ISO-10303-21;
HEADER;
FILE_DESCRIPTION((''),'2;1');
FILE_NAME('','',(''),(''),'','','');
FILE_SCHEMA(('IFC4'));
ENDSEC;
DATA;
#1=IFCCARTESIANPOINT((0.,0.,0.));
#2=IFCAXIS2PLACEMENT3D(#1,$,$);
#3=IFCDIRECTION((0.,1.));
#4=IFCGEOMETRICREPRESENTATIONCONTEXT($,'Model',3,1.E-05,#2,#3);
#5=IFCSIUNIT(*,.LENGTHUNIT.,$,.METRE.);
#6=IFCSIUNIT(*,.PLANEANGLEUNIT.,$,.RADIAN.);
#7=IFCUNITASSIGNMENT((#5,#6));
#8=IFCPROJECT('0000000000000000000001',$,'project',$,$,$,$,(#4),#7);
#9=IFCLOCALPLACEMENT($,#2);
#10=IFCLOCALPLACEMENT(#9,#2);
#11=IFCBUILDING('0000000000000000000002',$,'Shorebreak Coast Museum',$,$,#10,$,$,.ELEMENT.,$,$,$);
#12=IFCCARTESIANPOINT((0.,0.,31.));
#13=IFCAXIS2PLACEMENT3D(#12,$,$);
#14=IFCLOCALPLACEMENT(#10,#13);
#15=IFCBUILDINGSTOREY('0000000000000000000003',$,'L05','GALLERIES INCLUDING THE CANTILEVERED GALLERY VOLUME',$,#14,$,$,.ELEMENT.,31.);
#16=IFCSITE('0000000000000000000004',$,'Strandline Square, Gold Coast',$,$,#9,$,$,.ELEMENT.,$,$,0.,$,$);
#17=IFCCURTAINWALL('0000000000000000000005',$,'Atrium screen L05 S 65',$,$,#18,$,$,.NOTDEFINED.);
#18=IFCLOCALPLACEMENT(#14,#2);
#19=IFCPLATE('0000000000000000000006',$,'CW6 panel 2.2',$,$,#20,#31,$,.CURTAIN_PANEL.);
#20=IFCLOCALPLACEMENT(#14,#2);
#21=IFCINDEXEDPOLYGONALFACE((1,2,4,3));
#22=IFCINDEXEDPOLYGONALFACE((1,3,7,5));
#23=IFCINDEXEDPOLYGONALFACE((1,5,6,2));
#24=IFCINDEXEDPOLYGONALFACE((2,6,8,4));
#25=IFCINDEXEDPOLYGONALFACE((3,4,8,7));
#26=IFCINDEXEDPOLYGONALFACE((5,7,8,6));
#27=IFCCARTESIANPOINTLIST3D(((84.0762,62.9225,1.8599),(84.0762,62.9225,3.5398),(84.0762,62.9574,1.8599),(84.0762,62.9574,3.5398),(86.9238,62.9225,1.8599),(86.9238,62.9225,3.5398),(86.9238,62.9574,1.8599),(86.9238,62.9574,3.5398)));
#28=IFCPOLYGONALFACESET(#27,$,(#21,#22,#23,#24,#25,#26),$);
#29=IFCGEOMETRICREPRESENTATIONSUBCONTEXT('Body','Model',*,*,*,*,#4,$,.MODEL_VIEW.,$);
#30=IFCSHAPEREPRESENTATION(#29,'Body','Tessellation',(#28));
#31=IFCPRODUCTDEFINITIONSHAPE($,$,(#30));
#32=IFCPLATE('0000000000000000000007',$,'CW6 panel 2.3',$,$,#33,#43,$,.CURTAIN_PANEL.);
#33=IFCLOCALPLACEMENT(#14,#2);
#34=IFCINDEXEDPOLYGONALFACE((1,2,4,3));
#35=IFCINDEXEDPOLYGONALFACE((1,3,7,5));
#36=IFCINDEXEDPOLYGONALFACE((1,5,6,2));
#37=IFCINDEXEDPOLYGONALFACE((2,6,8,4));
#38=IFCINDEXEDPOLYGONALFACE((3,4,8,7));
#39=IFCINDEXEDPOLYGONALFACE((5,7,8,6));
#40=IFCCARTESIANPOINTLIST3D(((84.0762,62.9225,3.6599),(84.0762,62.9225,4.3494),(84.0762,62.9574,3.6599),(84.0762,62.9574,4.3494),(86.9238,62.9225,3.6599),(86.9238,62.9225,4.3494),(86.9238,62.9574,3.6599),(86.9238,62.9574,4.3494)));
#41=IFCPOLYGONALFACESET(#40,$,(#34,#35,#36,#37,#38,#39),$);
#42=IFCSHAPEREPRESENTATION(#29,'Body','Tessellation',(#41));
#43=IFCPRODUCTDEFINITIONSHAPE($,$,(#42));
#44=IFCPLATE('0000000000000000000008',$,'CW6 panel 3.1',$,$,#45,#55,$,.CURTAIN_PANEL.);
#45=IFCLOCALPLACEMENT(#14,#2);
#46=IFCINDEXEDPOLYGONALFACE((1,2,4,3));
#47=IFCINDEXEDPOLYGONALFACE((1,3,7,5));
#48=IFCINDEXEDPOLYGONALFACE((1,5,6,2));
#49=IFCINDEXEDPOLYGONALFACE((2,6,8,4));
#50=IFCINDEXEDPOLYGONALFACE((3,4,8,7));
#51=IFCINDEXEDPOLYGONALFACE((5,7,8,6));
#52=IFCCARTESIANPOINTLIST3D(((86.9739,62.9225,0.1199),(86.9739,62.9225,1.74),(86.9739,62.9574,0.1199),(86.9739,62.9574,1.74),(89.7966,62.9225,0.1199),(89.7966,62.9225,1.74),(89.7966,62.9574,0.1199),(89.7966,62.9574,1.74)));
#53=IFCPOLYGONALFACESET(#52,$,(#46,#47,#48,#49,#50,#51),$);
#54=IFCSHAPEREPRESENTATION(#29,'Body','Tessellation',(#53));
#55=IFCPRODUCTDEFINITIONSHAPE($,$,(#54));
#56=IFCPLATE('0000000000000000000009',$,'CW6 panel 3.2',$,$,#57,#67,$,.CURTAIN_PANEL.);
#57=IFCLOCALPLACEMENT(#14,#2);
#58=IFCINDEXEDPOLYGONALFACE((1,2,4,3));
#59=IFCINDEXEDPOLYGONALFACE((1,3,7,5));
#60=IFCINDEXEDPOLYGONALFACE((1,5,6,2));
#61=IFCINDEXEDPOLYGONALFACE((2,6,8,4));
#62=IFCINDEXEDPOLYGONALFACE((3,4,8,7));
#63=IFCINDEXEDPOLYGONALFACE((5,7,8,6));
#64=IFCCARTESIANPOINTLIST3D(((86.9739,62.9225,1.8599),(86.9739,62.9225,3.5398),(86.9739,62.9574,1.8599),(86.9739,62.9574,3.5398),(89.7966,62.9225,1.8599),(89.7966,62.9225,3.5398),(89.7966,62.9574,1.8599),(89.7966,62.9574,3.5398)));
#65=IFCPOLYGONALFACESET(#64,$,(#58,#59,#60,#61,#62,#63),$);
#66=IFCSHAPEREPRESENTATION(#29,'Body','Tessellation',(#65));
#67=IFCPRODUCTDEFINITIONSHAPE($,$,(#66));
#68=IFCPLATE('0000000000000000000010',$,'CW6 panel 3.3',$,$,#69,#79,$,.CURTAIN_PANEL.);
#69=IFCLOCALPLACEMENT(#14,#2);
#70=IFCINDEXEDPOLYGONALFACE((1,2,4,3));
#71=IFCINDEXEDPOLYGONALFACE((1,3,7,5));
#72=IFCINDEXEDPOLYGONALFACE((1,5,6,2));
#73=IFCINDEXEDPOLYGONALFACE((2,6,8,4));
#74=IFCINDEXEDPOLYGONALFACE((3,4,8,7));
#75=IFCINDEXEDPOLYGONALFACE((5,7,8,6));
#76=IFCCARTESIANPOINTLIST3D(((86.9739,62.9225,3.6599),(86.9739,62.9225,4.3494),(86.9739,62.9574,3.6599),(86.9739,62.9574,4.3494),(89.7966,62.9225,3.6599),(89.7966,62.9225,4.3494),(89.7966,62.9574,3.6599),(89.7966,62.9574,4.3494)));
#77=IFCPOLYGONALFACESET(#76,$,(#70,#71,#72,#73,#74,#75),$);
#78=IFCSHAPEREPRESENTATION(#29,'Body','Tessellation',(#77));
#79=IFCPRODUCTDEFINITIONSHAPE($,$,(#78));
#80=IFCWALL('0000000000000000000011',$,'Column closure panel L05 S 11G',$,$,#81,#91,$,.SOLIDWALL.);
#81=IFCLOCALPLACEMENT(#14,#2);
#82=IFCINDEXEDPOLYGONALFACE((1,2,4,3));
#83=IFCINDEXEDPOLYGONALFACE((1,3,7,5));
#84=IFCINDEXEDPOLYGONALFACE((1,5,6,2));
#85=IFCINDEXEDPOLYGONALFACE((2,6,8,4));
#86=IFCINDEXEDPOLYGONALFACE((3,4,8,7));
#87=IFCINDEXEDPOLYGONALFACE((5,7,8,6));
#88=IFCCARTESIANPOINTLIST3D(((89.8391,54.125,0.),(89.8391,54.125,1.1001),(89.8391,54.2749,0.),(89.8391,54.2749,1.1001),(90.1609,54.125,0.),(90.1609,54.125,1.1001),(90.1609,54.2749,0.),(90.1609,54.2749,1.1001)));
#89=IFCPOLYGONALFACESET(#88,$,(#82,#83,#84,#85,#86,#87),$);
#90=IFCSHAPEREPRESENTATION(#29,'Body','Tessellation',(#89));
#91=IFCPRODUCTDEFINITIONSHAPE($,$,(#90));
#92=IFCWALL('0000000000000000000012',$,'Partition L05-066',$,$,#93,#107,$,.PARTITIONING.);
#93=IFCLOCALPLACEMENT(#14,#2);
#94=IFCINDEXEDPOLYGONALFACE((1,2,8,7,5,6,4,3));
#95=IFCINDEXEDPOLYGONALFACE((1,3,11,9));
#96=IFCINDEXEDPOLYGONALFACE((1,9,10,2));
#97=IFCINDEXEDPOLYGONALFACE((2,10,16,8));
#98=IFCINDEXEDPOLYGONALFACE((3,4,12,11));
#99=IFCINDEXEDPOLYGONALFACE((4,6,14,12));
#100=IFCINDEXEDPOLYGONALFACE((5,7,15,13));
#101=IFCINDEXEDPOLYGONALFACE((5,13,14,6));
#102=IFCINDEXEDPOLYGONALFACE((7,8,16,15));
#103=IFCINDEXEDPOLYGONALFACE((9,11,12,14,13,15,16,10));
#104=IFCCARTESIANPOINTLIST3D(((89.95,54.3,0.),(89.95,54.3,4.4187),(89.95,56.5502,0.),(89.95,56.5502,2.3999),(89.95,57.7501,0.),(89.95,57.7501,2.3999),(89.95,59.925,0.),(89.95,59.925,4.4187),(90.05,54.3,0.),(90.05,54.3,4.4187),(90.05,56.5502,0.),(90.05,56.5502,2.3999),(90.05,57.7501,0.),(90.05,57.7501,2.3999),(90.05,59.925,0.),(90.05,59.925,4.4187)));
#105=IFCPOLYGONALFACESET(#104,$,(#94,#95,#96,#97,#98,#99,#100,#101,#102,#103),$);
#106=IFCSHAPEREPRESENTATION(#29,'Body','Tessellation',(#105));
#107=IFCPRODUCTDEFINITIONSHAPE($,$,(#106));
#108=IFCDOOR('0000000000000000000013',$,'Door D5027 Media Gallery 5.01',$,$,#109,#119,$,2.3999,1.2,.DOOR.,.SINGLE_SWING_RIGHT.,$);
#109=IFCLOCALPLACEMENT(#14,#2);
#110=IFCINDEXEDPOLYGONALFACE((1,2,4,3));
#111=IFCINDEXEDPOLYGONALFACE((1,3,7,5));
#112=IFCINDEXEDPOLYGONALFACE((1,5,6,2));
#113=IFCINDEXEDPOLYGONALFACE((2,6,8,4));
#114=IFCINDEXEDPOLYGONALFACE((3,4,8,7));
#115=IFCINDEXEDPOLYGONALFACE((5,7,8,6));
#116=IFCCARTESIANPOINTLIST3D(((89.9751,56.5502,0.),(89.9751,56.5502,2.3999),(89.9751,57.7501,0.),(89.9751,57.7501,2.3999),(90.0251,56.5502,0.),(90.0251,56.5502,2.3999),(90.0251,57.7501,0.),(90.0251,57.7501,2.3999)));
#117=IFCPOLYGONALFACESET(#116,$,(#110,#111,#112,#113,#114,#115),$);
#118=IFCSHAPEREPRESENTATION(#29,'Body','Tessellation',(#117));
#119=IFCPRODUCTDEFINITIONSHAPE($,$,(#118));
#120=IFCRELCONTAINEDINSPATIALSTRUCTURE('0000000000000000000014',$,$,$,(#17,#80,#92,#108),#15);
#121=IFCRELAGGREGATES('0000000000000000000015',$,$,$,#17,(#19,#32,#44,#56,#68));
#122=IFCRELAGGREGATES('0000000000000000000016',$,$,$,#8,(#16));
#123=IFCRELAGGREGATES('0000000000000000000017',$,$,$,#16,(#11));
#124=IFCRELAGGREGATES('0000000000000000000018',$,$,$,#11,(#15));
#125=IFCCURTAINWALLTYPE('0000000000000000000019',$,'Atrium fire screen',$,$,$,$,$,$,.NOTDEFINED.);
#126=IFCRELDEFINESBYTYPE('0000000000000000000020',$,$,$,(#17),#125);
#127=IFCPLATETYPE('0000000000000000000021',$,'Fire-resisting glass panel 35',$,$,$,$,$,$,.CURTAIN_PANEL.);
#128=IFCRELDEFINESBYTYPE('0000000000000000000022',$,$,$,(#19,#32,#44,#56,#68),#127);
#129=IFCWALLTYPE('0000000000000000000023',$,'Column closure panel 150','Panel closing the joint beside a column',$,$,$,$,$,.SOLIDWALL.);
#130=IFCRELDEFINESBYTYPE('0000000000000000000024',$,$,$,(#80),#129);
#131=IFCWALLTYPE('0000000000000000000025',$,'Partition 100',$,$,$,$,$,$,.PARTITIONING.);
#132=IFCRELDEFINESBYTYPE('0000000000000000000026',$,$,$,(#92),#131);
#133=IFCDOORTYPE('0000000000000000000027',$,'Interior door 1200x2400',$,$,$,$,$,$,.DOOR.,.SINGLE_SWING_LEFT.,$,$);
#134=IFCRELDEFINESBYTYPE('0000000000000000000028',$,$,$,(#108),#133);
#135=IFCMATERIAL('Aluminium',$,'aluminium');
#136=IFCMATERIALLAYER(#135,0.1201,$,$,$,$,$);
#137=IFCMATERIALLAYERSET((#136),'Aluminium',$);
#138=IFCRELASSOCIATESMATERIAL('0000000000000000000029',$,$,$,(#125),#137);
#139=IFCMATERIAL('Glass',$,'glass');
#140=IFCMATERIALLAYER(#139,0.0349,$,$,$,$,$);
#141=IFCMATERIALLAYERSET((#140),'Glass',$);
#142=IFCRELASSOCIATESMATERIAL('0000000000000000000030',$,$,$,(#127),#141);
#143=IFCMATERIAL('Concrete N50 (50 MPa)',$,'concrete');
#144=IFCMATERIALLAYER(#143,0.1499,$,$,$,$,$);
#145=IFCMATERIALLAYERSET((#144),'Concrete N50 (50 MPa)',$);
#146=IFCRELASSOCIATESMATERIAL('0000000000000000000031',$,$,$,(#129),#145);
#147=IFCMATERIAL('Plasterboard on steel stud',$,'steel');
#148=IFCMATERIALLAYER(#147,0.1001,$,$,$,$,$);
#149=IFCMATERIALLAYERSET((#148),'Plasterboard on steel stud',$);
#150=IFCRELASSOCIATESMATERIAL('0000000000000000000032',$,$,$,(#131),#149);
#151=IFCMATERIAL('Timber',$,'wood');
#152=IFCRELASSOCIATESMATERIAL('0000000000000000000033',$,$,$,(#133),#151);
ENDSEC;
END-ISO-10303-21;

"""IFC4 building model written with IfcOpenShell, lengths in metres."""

from ifc_helpers import new_model, si_unit, direction, frame, frame_2d, origin, origin_2d, place, context, subcontext, project, spatial, rectangle, extrude, material, layer, layer_set, type_object, element, fill, aggregate, save


model = new_model("IFC4")

# Units and contexts
model_context = context("Model", 3, precision=1e-05, world=origin(), true_north=direction((0.0, 1.0)))
body_context = subcontext(model_context, "Body", "Model", "MODEL_VIEW")
ifc_project = project(units=[si_unit("LENGTHUNIT", "METRE"), si_unit("PLANEANGLEUNIT", "RADIAN")], contexts=[model_context])

# Site, building, storey
site_placement = place(None, origin())
site = spatial("IfcSite", under=ifc_project, at=site_placement, Name="Strandline Square, Gold Coast", CompositionType="ELEMENT", RefElevation=0.0)
building_placement = place(site_placement, origin())
building = spatial("IfcBuilding", under=site, at=building_placement, Name="Shorebreak Coast Museum", CompositionType="ELEMENT")
storey_placement = place(building_placement, frame((0.0, 0.0, 31.0)))
storey = spatial("IfcBuildingStorey", under=building, at=storey_placement, Name="L05", Description="GALLERIES INCLUDING THE CANTILEVERED GALLERY VOLUME", CompositionType="ELEMENT", Elevation=31.0)

# Curtain wall
ifc_material_1 = material(Name="Aluminium", Category="aluminium")
ifc_layer_1 = layer(ifc_material_1, 0.1201)
ifc_layer_set_1 = layer_set([ifc_layer_1], Name="Aluminium")
curtain_wall_type = type_object("IfcCurtainWallType", Name="Atrium fire screen", PredefinedType="NOTDEFINED", material=ifc_layer_set_1)
curtain_wall_1_placement = place(storey_placement, origin())
curtain_wall_1 = element("IfcCurtainWall", 1, at=curtain_wall_1_placement, inside=storey, type_object=curtain_wall_type, Name="Atrium screen L05 S 65", PredefinedType="NOTDEFINED")

# Plates
ifc_material_2 = material(Name="Glass", Category="glass")
ifc_layer_2 = layer(ifc_material_2, 0.0349)
ifc_layer_set_2 = layer_set([ifc_layer_2], Name="Glass")
plate_type = type_object("IfcPlateType", Name="Fire-resisting glass panel 35", PredefinedType="CURTAIN_PANEL", material=ifc_layer_set_2)
plate_1_placement = place(storey_placement, frame((85.5, 62.9399, 1.8599), z_axis=(0.0, 0.0, 1.0), x_axis=(1.0, 0.0, 0.0)))
plate_1 = element("IfcPlate", 2, at=plate_1_placement, type_object=plate_type, Name="CW6 panel 2.2", PredefinedType="CURTAIN_PANEL", context=body_context, shape_type="SweptSolid", body=[
    extrude(rectangle(XDim=2.8477, YDim=0.0349, at=origin_2d()), origin(), (0.0, 0.0, 1.0), 1.6799),
])
plate_2_placement = place(storey_placement, frame((85.5, 62.9399, 3.6599), z_axis=(0.0, 0.0, 1.0), x_axis=(1.0, 0.0, 0.0)))
plate_2 = element("IfcPlate", 3, at=plate_2_placement, type_object=plate_type, Name="CW6 panel 2.3", PredefinedType="CURTAIN_PANEL", context=body_context, shape_type="SweptSolid", body=[
    extrude(rectangle(XDim=2.8477, YDim=0.0349, at=origin_2d()), origin(), (0.0, 0.0, 1.0), 0.6895),
])
plate_3_placement = place(storey_placement, frame((88.3853, 62.9399, 0.1199), z_axis=(0.0, 0.0, 1.0), x_axis=(1.0, 0.0, 0.0)))
plate_3 = element("IfcPlate", 4, at=plate_3_placement, type_object=plate_type, Name="CW6 panel 3.1", PredefinedType="CURTAIN_PANEL", context=body_context, shape_type="SweptSolid", body=[
    extrude(rectangle(XDim=2.8228, YDim=0.0349, at=origin_2d()), origin(), (0.0, 0.0, 1.0), 1.6201),
])
plate_4_placement = place(storey_placement, frame((88.3853, 62.9399, 1.8599), z_axis=(0.0, 0.0, 1.0), x_axis=(1.0, 0.0, 0.0)))
plate_4 = element("IfcPlate", 5, at=plate_4_placement, type_object=plate_type, Name="CW6 panel 3.2", PredefinedType="CURTAIN_PANEL", context=body_context, shape_type="SweptSolid", body=[
    extrude(rectangle(XDim=2.8228, YDim=0.0349, at=origin_2d()), origin(), (0.0, 0.0, 1.0), 1.6799),
])
plate_5_placement = place(storey_placement, frame((88.3853, 62.9399, 3.6599), z_axis=(0.0, 0.0, 1.0), x_axis=(1.0, 0.0, 0.0)))
plate_5 = element("IfcPlate", 6, at=plate_5_placement, type_object=plate_type, Name="CW6 panel 3.3", PredefinedType="CURTAIN_PANEL", context=body_context, shape_type="SweptSolid", body=[
    extrude(rectangle(XDim=2.8228, YDim=0.0349, at=origin_2d()), origin(), (0.0, 0.0, 1.0), 0.6895),
])
aggregate(curtain_wall_1, [plate_1, plate_2, plate_3, plate_4, plate_5])

# Wall
ifc_material_3 = material(Name="Concrete N50 (50 MPa)", Category="concrete")
ifc_layer_3 = layer(ifc_material_3, 0.1499)
ifc_layer_set_3 = layer_set([ifc_layer_3], Name="Concrete N50 (50 MPa)")
wall_type_1 = type_object("IfcWallType", Name="Column closure panel 150", Description="Panel closing the joint beside a column", PredefinedType="SOLIDWALL", material=ifc_layer_set_3)
wall_1_placement = place(storey_placement, frame((89.8391, 54.2, 0.0), z_axis=(0.0, 0.0, 1.0), x_axis=(1.0, 0.0, 0.0)))
element("IfcWall", 7, at=wall_1_placement, inside=storey, type_object=wall_type_1, Name="Column closure panel L05 S 11G", PredefinedType="SOLIDWALL", context=body_context, shape_type="SweptSolid", body=[
    extrude(rectangle(XDim=0.3218, YDim=0.1499, at=frame_2d((0.1609, 0.0))), origin(), (0.0, 0.0, 1.0), 1.1001),
])

# Wall, opening, door
ifc_material_4 = material(Name="Plasterboard on steel stud", Category="steel")
ifc_layer_4 = layer(ifc_material_4, 0.1001)
ifc_layer_set_4 = layer_set([ifc_layer_4], Name="Plasterboard on steel stud")
wall_type_2 = type_object("IfcWallType", Name="Partition 100", PredefinedType="PARTITIONING", material=ifc_layer_set_4)
wall_2_placement = place(storey_placement, frame((90.0, 54.3, 0.0), z_axis=(0.0, 0.0, 1.0), x_axis=(0.0, 1.0, 0.0)))
wall_2 = element("IfcWall", 8, at=wall_2_placement, inside=storey, type_object=wall_type_2, Name="Partition L05-066", PredefinedType="PARTITIONING", context=body_context, shape_type="SweptSolid", body=[
    extrude(rectangle(XDim=5.625, YDim=0.1001, at=frame_2d((2.8125, 0.0))), origin(), (0.0, 0.0, 1.0), 4.4187),
])
opening_placement = place(wall_2_placement, frame((2.25, 0.0, 0.0)))
opening = element("IfcOpeningElement", 9, at=opening_placement, cuts=wall_2, PredefinedType="OPENING", context=body_context, shape_type="SweptSolid", body=[
    extrude(rectangle(XDim=1.2, YDim=2.3999, at=frame_2d((0.6001, 1.2))), frame((0.0, 0.0601, 0.0), z_axis=(0.0, -1.0, 0.0), x_axis=(1.0, 0.0, 0.0)), (0.0, 0.0, 1.0), 0.1201),
])
ifc_material_5 = material(Name="Timber", Category="wood")
door_type = type_object("IfcDoorType", Name="Interior door 1200x2400", OperationType="SINGLE_SWING_LEFT", PredefinedType="DOOR", material=ifc_material_5)
door_placement = place(opening_placement, origin())
door = element("IfcDoor", 10, at=door_placement, inside=storey, type_object=door_type, Name="Door D5027 Media Gallery 5.01", OperationType="SINGLE_SWING_RIGHT", OverallHeight=2.3999, OverallWidth=1.2, PredefinedType="DOOR", context=body_context, shape_type="SweptSolid", body=[
    extrude(rectangle(XDim=1.2, YDim=2.3999, at=frame_2d((0.6001, 1.2))), frame((0.0, 0.0249, 0.0), z_axis=(0.0, -1.0, 0.0), x_axis=(1.0, 0.0, 0.0)), (0.0, 0.0, 1.0), 0.05),
])
fill(opening, door)

save(model, "model.ifc")
